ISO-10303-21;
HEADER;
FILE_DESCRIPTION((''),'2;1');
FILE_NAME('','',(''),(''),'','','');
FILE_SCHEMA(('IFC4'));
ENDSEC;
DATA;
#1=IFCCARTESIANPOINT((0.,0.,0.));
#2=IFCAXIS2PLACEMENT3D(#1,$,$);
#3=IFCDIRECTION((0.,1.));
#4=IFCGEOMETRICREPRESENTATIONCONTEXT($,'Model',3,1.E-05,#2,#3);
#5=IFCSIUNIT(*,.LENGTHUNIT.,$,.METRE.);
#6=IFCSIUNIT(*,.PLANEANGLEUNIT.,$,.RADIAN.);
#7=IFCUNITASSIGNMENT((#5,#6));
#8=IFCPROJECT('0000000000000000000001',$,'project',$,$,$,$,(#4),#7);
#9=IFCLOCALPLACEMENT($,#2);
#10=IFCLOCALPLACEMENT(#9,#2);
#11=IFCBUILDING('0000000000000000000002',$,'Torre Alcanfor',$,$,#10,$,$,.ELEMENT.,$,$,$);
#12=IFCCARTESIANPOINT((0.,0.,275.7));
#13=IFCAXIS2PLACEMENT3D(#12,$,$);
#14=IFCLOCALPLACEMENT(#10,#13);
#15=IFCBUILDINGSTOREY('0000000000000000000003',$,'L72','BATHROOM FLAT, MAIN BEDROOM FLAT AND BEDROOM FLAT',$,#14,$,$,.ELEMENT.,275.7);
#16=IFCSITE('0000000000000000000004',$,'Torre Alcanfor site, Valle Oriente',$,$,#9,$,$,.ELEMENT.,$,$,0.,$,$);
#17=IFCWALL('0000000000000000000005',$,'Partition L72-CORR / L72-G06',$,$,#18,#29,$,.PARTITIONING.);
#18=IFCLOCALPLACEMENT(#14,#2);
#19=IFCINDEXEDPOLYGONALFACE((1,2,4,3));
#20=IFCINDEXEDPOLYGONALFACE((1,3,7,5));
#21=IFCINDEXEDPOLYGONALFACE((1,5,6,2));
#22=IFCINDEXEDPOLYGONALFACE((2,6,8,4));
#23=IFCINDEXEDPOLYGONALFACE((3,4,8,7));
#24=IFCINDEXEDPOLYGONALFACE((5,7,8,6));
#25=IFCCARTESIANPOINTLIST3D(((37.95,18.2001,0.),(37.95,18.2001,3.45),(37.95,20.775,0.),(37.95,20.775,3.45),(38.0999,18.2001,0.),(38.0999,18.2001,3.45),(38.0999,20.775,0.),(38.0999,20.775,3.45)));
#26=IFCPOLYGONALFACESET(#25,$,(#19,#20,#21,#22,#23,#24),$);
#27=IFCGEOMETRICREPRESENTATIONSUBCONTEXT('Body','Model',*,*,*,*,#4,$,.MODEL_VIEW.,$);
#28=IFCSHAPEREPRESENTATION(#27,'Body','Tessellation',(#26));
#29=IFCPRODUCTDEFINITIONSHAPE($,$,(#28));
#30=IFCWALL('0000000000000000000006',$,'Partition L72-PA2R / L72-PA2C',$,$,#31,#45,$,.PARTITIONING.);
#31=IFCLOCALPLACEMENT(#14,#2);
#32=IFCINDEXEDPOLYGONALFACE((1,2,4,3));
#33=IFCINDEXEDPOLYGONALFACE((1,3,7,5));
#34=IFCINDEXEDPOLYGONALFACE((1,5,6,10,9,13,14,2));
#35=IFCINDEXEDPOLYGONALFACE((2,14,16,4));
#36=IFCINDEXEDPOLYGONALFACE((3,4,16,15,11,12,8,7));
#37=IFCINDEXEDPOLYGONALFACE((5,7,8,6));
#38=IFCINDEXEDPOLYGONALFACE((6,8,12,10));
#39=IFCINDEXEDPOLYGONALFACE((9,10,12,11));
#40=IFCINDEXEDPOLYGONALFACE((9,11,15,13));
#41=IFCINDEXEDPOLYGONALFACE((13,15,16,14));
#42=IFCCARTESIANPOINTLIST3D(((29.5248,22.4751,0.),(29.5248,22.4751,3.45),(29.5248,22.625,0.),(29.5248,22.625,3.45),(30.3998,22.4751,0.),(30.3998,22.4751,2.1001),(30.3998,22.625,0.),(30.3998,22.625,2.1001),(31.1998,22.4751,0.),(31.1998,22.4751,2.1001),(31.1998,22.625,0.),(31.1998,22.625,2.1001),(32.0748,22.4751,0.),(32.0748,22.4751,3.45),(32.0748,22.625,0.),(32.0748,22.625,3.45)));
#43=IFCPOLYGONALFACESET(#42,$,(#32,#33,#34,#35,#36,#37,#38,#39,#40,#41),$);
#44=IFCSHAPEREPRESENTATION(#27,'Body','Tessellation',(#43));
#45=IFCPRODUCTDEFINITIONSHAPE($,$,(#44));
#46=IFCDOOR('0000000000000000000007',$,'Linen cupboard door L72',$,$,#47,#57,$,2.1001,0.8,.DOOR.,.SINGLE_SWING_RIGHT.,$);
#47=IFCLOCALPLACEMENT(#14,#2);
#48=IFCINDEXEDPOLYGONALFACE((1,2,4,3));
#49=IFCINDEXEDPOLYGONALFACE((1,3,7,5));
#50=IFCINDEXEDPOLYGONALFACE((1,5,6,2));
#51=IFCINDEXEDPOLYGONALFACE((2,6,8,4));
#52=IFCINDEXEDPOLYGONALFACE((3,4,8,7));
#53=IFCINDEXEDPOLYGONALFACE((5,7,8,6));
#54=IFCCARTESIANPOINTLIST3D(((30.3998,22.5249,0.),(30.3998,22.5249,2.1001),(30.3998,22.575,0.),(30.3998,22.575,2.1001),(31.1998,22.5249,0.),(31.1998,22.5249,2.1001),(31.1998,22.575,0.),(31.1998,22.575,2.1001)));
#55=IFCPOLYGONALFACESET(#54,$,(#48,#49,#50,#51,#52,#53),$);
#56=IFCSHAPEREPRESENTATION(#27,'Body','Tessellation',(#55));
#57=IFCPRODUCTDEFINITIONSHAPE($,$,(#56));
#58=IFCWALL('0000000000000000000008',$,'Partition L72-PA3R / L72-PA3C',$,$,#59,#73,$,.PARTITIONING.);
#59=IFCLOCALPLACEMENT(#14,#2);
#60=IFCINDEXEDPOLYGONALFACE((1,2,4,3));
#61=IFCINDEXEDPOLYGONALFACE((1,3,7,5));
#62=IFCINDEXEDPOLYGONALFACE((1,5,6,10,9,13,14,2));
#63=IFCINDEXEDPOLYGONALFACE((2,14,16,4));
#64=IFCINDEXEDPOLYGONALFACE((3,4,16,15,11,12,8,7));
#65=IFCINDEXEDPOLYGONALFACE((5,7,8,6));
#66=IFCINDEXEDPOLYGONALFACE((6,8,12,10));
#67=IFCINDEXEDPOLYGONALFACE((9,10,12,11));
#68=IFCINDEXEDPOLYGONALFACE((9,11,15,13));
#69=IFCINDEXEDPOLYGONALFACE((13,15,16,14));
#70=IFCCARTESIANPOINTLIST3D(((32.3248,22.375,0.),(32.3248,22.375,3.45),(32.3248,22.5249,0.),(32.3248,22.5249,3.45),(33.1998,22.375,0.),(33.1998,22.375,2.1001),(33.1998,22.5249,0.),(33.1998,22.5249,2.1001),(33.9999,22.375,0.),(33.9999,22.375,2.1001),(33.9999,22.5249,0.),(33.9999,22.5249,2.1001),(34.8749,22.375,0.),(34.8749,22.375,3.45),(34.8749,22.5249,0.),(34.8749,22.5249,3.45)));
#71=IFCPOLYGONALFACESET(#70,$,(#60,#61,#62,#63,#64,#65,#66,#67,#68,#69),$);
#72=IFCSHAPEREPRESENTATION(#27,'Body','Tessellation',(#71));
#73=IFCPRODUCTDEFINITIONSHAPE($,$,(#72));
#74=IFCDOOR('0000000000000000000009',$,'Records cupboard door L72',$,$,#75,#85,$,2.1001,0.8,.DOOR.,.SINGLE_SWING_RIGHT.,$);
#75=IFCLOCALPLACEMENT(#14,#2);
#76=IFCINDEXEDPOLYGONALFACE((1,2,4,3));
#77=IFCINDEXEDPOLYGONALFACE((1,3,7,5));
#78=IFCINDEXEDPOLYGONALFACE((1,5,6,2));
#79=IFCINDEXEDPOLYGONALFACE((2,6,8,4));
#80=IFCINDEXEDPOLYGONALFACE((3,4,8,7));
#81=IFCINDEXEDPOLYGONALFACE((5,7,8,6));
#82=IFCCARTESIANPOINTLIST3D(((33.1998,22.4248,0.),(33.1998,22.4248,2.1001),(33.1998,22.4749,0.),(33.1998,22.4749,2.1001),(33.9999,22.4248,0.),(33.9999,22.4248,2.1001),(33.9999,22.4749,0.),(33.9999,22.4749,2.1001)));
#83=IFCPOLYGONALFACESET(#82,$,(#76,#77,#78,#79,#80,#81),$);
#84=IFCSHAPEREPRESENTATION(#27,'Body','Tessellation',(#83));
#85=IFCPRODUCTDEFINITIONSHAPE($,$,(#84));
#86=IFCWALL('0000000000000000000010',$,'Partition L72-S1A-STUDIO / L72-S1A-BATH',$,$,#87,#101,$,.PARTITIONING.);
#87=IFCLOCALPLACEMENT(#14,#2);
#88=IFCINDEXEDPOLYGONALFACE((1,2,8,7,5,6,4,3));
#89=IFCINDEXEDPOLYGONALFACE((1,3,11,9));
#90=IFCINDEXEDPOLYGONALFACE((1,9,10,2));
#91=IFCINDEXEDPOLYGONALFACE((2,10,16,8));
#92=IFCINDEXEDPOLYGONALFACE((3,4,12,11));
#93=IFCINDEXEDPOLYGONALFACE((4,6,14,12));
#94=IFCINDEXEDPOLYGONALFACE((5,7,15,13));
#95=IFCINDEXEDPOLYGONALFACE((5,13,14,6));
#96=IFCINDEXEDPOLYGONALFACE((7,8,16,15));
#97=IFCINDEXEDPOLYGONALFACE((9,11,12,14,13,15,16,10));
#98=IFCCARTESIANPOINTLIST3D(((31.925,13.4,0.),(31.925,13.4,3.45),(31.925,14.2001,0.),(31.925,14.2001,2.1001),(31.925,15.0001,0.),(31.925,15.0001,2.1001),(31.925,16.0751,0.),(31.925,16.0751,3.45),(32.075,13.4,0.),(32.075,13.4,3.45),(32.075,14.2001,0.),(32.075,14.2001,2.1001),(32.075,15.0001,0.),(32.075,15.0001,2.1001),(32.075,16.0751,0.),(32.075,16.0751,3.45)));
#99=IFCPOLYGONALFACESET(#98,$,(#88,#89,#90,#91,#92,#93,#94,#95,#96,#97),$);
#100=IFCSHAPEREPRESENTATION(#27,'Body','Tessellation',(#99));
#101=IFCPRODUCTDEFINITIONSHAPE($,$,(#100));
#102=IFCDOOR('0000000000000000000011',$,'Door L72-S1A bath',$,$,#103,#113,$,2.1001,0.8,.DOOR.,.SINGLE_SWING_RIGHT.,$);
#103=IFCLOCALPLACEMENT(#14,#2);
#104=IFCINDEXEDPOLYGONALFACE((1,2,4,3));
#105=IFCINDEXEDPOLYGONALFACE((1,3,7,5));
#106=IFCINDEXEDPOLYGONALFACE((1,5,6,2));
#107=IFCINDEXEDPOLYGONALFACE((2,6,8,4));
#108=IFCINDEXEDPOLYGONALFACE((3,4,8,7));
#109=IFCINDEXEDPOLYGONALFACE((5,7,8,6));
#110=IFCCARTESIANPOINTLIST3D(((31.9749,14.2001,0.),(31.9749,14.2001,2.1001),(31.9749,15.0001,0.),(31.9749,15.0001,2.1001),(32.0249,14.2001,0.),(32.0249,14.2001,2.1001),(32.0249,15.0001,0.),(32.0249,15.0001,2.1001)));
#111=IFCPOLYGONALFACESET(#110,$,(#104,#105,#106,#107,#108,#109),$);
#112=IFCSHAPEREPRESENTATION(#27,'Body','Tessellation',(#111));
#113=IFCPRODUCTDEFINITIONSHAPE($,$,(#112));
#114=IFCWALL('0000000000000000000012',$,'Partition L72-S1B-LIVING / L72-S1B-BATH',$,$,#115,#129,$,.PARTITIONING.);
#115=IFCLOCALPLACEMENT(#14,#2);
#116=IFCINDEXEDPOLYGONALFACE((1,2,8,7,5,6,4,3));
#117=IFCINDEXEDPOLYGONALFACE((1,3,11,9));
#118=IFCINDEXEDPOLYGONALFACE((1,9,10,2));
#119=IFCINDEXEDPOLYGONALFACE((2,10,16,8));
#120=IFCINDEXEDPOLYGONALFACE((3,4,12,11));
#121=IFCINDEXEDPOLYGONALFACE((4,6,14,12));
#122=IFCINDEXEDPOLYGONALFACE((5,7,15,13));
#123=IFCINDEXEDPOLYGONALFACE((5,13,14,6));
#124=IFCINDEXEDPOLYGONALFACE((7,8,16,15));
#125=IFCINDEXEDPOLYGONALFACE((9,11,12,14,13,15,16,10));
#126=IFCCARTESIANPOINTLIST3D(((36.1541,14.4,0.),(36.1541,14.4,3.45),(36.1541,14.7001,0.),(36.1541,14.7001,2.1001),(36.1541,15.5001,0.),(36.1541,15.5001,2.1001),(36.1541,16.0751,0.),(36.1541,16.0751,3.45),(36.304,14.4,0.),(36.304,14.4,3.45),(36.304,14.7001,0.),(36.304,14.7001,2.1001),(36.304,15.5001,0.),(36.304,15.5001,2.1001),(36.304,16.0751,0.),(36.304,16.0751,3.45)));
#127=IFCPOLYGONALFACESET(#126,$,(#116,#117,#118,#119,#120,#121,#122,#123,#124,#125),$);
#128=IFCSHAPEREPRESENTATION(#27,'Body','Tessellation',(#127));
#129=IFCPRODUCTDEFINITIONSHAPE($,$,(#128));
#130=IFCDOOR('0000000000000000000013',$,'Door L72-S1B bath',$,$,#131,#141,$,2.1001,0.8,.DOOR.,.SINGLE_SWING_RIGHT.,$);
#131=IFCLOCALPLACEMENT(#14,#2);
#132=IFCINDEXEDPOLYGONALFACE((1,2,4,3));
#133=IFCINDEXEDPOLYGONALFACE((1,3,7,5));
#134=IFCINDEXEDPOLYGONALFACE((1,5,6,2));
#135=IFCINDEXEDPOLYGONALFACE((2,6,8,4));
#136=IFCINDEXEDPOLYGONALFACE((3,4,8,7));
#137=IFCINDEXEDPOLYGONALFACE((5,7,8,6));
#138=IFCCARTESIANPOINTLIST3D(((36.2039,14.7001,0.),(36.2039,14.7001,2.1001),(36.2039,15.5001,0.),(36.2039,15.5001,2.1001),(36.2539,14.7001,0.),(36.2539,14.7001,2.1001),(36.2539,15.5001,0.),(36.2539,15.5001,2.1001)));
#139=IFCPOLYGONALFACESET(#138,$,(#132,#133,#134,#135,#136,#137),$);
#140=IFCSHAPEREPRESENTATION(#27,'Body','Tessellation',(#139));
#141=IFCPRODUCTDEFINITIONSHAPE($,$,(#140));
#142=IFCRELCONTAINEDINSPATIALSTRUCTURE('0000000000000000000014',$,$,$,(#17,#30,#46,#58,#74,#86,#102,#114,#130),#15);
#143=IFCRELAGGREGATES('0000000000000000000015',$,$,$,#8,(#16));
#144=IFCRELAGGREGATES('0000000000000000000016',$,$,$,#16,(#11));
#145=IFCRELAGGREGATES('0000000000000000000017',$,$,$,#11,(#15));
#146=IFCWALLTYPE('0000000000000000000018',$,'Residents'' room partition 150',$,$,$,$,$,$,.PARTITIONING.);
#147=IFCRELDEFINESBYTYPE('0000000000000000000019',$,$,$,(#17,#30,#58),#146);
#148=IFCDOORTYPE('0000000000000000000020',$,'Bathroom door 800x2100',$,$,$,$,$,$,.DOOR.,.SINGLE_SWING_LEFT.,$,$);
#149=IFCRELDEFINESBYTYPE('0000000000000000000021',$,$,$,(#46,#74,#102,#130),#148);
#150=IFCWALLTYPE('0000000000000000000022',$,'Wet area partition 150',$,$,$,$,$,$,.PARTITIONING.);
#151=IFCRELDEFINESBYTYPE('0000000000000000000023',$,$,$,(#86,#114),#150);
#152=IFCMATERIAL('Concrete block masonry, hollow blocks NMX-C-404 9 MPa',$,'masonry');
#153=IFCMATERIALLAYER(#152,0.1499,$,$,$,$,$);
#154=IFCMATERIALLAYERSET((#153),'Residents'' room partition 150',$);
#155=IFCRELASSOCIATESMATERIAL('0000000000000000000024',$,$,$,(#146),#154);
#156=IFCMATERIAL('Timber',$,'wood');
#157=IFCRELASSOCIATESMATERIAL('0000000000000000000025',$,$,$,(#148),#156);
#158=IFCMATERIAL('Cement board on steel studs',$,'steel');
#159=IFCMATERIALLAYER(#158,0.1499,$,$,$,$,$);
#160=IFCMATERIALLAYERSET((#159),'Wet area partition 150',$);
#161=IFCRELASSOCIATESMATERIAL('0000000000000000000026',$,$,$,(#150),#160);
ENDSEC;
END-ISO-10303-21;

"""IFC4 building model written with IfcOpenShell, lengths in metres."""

from ifc_helpers import new_model, si_unit, direction, frame, frame_2d, origin, place, context, subcontext, project, spatial, rectangle, extrude, material, layer, layer_set, type_object, element, fill, save


model = new_model("IFC4")

# Units and contexts
model_context = context("Model", 3, precision=1e-05, world=origin(), true_north=direction((0.0, 1.0)))
body_context = subcontext(model_context, "Body", "Model", "MODEL_VIEW")
ifc_project = project(units=[si_unit("LENGTHUNIT", "METRE"), si_unit("PLANEANGLEUNIT", "RADIAN")], contexts=[model_context])

# Site, building, storey
site_placement = place(None, origin())
site = spatial("IfcSite", under=ifc_project, at=site_placement, Name="Torre Alcanfor site, Valle Oriente", CompositionType="ELEMENT", RefElevation=0.0)
building_placement = place(site_placement, origin())
building = spatial("IfcBuilding", under=site, at=building_placement, Name="Torre Alcanfor", CompositionType="ELEMENT")
storey_placement = place(building_placement, frame((0.0, 0.0, 275.7)))
storey = spatial("IfcBuildingStorey", under=building, at=storey_placement, Name="L72", Description="BATHROOM FLAT, MAIN BEDROOM FLAT AND BEDROOM FLAT", CompositionType="ELEMENT", Elevation=275.7)

# Shared definitions
ifc_material_1 = material(Name="Concrete block masonry, hollow blocks NMX-C-404 9 MPa", Category="masonry")
ifc_layer_1 = layer(ifc_material_1, 0.1499)
ifc_layer_set_1 = layer_set([ifc_layer_1], Name="Residents' room partition 150")
wall_type_1 = type_object("IfcWallType", Name="Residents' room partition 150", PredefinedType="PARTITIONING", material=ifc_layer_set_1)

# Wall
wall_1_placement = place(storey_placement, frame((38.0249, 18.2, 0.0), z_axis=(0.0, 0.0, 1.0), x_axis=(0.0, 1.0, 0.0)))
element("IfcWall", 1, at=wall_1_placement, inside=storey, type_object=wall_type_1, Name="Partition L72-CORR / L72-G06", PredefinedType="PARTITIONING", context=body_context, shape_type="SweptSolid", body=[
    extrude(rectangle(XDim=2.575, YDim=0.1499, at=frame_2d((1.2876, 0.0))), origin(), (0.0, 0.0, 1.0), 3.45),
])

# Walls, openings, doors
wall_2_placement = place(storey_placement, frame((29.5249, 22.55, 0.0), z_axis=(0.0, 0.0, 1.0), x_axis=(1.0, 0.0, 0.0)))
wall_2 = element("IfcWall", 2, at=wall_2_placement, inside=storey, type_object=wall_type_1, Name="Partition L72-PA2R / L72-PA2C", PredefinedType="PARTITIONING", context=body_context, shape_type="SweptSolid", body=[
    extrude(rectangle(XDim=2.55, YDim=0.1499, at=frame_2d((1.2749, 0.0))), origin(), (0.0, 0.0, 1.0), 3.45),
])
opening_1_placement = place(wall_2_placement, frame((0.875, 0.0, 0.0)))
opening_1 = element("IfcOpeningElement", 3, at=opening_1_placement, cuts=wall_2, PredefinedType="OPENING", context=body_context, shape_type="SweptSolid", body=[
    extrude(rectangle(XDim=0.8, YDim=2.1001, at=frame_2d((0.3999, 1.05))), frame((0.0, 0.085, 0.0), z_axis=(0.0, -1.0, 0.0), x_axis=(1.0, 0.0, 0.0)), (0.0, 0.0, 1.0), 0.1699),
])
ifc_material_2 = material(Name="Timber", Category="wood")
door_type_1 = type_object("IfcDoorType", Name="Bathroom door 800x2100", OperationType="SINGLE_SWING_LEFT", PredefinedType="DOOR", material=ifc_material_2)
door_1_placement = place(opening_1_placement, frame((0.8, 0.0, 0.0), z_axis=(0.0, 0.0, 1.0), x_axis=(-1.0, 0.0, 0.0)))
door_1 = element("IfcDoor", 4, at=door_1_placement, inside=storey, type_object=door_type_1, Name="Linen cupboard door L72", OperationType="SINGLE_SWING_RIGHT", OverallHeight=2.1001, OverallWidth=0.8, PredefinedType="DOOR", context=body_context, shape_type="SweptSolid", body=[
    extrude(rectangle(XDim=0.8, YDim=2.1001, at=frame_2d((0.4001, 1.05))), frame((0.0, 0.0251, 0.0), z_axis=(0.0, -1.0, 0.0), x_axis=(1.0, 0.0, 0.0)), (0.0, 0.0, 1.0), 0.05),
])
fill(opening_1, door_1)
wall_3_placement = place(storey_placement, frame((32.325, 22.45, 0.0), z_axis=(0.0, 0.0, 1.0), x_axis=(1.0, 0.0, 0.0)))
wall_3 = element("IfcWall", 5, at=wall_3_placement, inside=storey, type_object=wall_type_1, Name="Partition L72-PA3R / L72-PA3C", PredefinedType="PARTITIONING", context=body_context, shape_type="SweptSolid", body=[
    extrude(rectangle(XDim=2.55, YDim=0.1499, at=frame_2d((1.2749, 0.0))), origin(), (0.0, 0.0, 1.0), 3.45),
])
opening_2_placement = place(wall_3_placement, frame((0.875, 0.0, 0.0)))
opening_2 = element("IfcOpeningElement", 6, at=opening_2_placement, cuts=wall_3, PredefinedType="OPENING", context=body_context, shape_type="SweptSolid", body=[
    extrude(rectangle(XDim=0.8, YDim=2.1001, at=frame_2d((0.3999, 1.05))), frame((0.0, 0.085, 0.0), z_axis=(0.0, -1.0, 0.0), x_axis=(1.0, 0.0, 0.0)), (0.0, 0.0, 1.0), 0.1699),
])
door_2_placement = place(opening_2_placement, frame((0.8, 0.0, 0.0), z_axis=(0.0, 0.0, 1.0), x_axis=(-1.0, 0.0, 0.0)))
door_2 = element("IfcDoor", 7, at=door_2_placement, inside=storey, type_object=door_type_1, Name="Records cupboard door L72", OperationType="SINGLE_SWING_RIGHT", OverallHeight=2.1001, OverallWidth=0.8, PredefinedType="DOOR", context=body_context, shape_type="SweptSolid", body=[
    extrude(rectangle(XDim=0.8, YDim=2.1001, at=frame_2d((0.4001, 1.05))), frame((0.0, 0.0251, 0.0), z_axis=(0.0, -1.0, 0.0), x_axis=(1.0, 0.0, 0.0)), (0.0, 0.0, 1.0), 0.05),
])
fill(opening_2, door_2)
ifc_material_3 = material(Name="Cement board on steel studs", Category="steel")
ifc_layer_2 = layer(ifc_material_3, 0.1499)
ifc_layer_set_2 = layer_set([ifc_layer_2], Name="Wet area partition 150")
wall_type_2 = type_object("IfcWallType", Name="Wet area partition 150", PredefinedType="PARTITIONING", material=ifc_layer_set_2)
wall_4_placement = place(storey_placement, frame((32.0, 16.075, 0.0), z_axis=(0.0, 0.0, 1.0), x_axis=(0.0, -1.0, 0.0)))
wall_4 = element("IfcWall", 8, at=wall_4_placement, inside=storey, type_object=wall_type_2, Name="Partition L72-S1A-STUDIO / L72-S1A-BATH", PredefinedType="PARTITIONING", context=body_context, shape_type="SweptSolid", body=[
    extrude(rectangle(XDim=2.675, YDim=0.1499, at=frame_2d((1.3374, 0.0))), origin(), (0.0, 0.0, 1.0), 3.45),
])
opening_3_placement = place(wall_4_placement, frame((1.075, 0.0, 0.0)))
opening_3 = element("IfcOpeningElement", 9, at=opening_3_placement, cuts=wall_4, PredefinedType="OPENING", context=body_context, shape_type="SweptSolid", body=[
    extrude(rectangle(XDim=0.8, YDim=2.1001, at=frame_2d((0.3999, 1.05))), frame((0.0, 0.085, 0.0), z_axis=(0.0, -1.0, 0.0), x_axis=(1.0, 0.0, 0.0)), (0.0, 0.0, 1.0), 0.1699),
])
door_3_placement = place(opening_3_placement, origin())
door_3 = element("IfcDoor", 10, at=door_3_placement, inside=storey, type_object=door_type_1, Name="Door L72-S1A bath", OperationType="SINGLE_SWING_RIGHT", OverallHeight=2.1001, OverallWidth=0.8, PredefinedType="DOOR", context=body_context, shape_type="SweptSolid", body=[
    extrude(rectangle(XDim=0.8, YDim=2.1001, at=frame_2d((0.3999, 1.05))), frame((0.0, 0.0249, 0.0), z_axis=(0.0, -1.0, 0.0), x_axis=(1.0, 0.0, 0.0)), (0.0, 0.0, 1.0), 0.05),
])
fill(opening_3, door_3)
wall_5_placement = place(storey_placement, frame((36.229, 16.075, 0.0), z_axis=(0.0, 0.0, 1.0), x_axis=(0.0, -1.0, 0.0)))
wall_5 = element("IfcWall", 11, at=wall_5_placement, inside=storey, type_object=wall_type_2, Name="Partition L72-S1B-LIVING / L72-S1B-BATH", PredefinedType="PARTITIONING", context=body_context, shape_type="SweptSolid", body=[
    extrude(rectangle(XDim=1.675, YDim=0.1499, at=frame_2d((0.8374, 0.0))), origin(), (0.0, 0.0, 1.0), 3.45),
])
opening_4_placement = place(wall_5_placement, frame((0.575, 0.0, 0.0)))
opening_4 = element("IfcOpeningElement", 12, at=opening_4_placement, cuts=wall_5, PredefinedType="OPENING", context=body_context, shape_type="SweptSolid", body=[
    extrude(rectangle(XDim=0.8, YDim=2.1001, at=frame_2d((0.3999, 1.05))), frame((0.0, 0.085, 0.0), z_axis=(0.0, -1.0, 0.0), x_axis=(1.0, 0.0, 0.0)), (0.0, 0.0, 1.0), 0.1699),
])
door_4_placement = place(opening_4_placement, origin())
door_4 = element("IfcDoor", 13, at=door_4_placement, inside=storey, type_object=door_type_1, Name="Door L72-S1B bath", OperationType="SINGLE_SWING_RIGHT", OverallHeight=2.1001, OverallWidth=0.8, PredefinedType="DOOR", context=body_context, shape_type="SweptSolid", body=[
    extrude(rectangle(XDim=0.8, YDim=2.1001, at=frame_2d((0.3999, 1.05))), frame((0.0, 0.0249, 0.0), z_axis=(0.0, -1.0, 0.0), x_axis=(1.0, 0.0, 0.0)), (0.0, 0.0, 1.0), 0.05),
])
fill(opening_4, door_4)

save(model, "model.ifc")
